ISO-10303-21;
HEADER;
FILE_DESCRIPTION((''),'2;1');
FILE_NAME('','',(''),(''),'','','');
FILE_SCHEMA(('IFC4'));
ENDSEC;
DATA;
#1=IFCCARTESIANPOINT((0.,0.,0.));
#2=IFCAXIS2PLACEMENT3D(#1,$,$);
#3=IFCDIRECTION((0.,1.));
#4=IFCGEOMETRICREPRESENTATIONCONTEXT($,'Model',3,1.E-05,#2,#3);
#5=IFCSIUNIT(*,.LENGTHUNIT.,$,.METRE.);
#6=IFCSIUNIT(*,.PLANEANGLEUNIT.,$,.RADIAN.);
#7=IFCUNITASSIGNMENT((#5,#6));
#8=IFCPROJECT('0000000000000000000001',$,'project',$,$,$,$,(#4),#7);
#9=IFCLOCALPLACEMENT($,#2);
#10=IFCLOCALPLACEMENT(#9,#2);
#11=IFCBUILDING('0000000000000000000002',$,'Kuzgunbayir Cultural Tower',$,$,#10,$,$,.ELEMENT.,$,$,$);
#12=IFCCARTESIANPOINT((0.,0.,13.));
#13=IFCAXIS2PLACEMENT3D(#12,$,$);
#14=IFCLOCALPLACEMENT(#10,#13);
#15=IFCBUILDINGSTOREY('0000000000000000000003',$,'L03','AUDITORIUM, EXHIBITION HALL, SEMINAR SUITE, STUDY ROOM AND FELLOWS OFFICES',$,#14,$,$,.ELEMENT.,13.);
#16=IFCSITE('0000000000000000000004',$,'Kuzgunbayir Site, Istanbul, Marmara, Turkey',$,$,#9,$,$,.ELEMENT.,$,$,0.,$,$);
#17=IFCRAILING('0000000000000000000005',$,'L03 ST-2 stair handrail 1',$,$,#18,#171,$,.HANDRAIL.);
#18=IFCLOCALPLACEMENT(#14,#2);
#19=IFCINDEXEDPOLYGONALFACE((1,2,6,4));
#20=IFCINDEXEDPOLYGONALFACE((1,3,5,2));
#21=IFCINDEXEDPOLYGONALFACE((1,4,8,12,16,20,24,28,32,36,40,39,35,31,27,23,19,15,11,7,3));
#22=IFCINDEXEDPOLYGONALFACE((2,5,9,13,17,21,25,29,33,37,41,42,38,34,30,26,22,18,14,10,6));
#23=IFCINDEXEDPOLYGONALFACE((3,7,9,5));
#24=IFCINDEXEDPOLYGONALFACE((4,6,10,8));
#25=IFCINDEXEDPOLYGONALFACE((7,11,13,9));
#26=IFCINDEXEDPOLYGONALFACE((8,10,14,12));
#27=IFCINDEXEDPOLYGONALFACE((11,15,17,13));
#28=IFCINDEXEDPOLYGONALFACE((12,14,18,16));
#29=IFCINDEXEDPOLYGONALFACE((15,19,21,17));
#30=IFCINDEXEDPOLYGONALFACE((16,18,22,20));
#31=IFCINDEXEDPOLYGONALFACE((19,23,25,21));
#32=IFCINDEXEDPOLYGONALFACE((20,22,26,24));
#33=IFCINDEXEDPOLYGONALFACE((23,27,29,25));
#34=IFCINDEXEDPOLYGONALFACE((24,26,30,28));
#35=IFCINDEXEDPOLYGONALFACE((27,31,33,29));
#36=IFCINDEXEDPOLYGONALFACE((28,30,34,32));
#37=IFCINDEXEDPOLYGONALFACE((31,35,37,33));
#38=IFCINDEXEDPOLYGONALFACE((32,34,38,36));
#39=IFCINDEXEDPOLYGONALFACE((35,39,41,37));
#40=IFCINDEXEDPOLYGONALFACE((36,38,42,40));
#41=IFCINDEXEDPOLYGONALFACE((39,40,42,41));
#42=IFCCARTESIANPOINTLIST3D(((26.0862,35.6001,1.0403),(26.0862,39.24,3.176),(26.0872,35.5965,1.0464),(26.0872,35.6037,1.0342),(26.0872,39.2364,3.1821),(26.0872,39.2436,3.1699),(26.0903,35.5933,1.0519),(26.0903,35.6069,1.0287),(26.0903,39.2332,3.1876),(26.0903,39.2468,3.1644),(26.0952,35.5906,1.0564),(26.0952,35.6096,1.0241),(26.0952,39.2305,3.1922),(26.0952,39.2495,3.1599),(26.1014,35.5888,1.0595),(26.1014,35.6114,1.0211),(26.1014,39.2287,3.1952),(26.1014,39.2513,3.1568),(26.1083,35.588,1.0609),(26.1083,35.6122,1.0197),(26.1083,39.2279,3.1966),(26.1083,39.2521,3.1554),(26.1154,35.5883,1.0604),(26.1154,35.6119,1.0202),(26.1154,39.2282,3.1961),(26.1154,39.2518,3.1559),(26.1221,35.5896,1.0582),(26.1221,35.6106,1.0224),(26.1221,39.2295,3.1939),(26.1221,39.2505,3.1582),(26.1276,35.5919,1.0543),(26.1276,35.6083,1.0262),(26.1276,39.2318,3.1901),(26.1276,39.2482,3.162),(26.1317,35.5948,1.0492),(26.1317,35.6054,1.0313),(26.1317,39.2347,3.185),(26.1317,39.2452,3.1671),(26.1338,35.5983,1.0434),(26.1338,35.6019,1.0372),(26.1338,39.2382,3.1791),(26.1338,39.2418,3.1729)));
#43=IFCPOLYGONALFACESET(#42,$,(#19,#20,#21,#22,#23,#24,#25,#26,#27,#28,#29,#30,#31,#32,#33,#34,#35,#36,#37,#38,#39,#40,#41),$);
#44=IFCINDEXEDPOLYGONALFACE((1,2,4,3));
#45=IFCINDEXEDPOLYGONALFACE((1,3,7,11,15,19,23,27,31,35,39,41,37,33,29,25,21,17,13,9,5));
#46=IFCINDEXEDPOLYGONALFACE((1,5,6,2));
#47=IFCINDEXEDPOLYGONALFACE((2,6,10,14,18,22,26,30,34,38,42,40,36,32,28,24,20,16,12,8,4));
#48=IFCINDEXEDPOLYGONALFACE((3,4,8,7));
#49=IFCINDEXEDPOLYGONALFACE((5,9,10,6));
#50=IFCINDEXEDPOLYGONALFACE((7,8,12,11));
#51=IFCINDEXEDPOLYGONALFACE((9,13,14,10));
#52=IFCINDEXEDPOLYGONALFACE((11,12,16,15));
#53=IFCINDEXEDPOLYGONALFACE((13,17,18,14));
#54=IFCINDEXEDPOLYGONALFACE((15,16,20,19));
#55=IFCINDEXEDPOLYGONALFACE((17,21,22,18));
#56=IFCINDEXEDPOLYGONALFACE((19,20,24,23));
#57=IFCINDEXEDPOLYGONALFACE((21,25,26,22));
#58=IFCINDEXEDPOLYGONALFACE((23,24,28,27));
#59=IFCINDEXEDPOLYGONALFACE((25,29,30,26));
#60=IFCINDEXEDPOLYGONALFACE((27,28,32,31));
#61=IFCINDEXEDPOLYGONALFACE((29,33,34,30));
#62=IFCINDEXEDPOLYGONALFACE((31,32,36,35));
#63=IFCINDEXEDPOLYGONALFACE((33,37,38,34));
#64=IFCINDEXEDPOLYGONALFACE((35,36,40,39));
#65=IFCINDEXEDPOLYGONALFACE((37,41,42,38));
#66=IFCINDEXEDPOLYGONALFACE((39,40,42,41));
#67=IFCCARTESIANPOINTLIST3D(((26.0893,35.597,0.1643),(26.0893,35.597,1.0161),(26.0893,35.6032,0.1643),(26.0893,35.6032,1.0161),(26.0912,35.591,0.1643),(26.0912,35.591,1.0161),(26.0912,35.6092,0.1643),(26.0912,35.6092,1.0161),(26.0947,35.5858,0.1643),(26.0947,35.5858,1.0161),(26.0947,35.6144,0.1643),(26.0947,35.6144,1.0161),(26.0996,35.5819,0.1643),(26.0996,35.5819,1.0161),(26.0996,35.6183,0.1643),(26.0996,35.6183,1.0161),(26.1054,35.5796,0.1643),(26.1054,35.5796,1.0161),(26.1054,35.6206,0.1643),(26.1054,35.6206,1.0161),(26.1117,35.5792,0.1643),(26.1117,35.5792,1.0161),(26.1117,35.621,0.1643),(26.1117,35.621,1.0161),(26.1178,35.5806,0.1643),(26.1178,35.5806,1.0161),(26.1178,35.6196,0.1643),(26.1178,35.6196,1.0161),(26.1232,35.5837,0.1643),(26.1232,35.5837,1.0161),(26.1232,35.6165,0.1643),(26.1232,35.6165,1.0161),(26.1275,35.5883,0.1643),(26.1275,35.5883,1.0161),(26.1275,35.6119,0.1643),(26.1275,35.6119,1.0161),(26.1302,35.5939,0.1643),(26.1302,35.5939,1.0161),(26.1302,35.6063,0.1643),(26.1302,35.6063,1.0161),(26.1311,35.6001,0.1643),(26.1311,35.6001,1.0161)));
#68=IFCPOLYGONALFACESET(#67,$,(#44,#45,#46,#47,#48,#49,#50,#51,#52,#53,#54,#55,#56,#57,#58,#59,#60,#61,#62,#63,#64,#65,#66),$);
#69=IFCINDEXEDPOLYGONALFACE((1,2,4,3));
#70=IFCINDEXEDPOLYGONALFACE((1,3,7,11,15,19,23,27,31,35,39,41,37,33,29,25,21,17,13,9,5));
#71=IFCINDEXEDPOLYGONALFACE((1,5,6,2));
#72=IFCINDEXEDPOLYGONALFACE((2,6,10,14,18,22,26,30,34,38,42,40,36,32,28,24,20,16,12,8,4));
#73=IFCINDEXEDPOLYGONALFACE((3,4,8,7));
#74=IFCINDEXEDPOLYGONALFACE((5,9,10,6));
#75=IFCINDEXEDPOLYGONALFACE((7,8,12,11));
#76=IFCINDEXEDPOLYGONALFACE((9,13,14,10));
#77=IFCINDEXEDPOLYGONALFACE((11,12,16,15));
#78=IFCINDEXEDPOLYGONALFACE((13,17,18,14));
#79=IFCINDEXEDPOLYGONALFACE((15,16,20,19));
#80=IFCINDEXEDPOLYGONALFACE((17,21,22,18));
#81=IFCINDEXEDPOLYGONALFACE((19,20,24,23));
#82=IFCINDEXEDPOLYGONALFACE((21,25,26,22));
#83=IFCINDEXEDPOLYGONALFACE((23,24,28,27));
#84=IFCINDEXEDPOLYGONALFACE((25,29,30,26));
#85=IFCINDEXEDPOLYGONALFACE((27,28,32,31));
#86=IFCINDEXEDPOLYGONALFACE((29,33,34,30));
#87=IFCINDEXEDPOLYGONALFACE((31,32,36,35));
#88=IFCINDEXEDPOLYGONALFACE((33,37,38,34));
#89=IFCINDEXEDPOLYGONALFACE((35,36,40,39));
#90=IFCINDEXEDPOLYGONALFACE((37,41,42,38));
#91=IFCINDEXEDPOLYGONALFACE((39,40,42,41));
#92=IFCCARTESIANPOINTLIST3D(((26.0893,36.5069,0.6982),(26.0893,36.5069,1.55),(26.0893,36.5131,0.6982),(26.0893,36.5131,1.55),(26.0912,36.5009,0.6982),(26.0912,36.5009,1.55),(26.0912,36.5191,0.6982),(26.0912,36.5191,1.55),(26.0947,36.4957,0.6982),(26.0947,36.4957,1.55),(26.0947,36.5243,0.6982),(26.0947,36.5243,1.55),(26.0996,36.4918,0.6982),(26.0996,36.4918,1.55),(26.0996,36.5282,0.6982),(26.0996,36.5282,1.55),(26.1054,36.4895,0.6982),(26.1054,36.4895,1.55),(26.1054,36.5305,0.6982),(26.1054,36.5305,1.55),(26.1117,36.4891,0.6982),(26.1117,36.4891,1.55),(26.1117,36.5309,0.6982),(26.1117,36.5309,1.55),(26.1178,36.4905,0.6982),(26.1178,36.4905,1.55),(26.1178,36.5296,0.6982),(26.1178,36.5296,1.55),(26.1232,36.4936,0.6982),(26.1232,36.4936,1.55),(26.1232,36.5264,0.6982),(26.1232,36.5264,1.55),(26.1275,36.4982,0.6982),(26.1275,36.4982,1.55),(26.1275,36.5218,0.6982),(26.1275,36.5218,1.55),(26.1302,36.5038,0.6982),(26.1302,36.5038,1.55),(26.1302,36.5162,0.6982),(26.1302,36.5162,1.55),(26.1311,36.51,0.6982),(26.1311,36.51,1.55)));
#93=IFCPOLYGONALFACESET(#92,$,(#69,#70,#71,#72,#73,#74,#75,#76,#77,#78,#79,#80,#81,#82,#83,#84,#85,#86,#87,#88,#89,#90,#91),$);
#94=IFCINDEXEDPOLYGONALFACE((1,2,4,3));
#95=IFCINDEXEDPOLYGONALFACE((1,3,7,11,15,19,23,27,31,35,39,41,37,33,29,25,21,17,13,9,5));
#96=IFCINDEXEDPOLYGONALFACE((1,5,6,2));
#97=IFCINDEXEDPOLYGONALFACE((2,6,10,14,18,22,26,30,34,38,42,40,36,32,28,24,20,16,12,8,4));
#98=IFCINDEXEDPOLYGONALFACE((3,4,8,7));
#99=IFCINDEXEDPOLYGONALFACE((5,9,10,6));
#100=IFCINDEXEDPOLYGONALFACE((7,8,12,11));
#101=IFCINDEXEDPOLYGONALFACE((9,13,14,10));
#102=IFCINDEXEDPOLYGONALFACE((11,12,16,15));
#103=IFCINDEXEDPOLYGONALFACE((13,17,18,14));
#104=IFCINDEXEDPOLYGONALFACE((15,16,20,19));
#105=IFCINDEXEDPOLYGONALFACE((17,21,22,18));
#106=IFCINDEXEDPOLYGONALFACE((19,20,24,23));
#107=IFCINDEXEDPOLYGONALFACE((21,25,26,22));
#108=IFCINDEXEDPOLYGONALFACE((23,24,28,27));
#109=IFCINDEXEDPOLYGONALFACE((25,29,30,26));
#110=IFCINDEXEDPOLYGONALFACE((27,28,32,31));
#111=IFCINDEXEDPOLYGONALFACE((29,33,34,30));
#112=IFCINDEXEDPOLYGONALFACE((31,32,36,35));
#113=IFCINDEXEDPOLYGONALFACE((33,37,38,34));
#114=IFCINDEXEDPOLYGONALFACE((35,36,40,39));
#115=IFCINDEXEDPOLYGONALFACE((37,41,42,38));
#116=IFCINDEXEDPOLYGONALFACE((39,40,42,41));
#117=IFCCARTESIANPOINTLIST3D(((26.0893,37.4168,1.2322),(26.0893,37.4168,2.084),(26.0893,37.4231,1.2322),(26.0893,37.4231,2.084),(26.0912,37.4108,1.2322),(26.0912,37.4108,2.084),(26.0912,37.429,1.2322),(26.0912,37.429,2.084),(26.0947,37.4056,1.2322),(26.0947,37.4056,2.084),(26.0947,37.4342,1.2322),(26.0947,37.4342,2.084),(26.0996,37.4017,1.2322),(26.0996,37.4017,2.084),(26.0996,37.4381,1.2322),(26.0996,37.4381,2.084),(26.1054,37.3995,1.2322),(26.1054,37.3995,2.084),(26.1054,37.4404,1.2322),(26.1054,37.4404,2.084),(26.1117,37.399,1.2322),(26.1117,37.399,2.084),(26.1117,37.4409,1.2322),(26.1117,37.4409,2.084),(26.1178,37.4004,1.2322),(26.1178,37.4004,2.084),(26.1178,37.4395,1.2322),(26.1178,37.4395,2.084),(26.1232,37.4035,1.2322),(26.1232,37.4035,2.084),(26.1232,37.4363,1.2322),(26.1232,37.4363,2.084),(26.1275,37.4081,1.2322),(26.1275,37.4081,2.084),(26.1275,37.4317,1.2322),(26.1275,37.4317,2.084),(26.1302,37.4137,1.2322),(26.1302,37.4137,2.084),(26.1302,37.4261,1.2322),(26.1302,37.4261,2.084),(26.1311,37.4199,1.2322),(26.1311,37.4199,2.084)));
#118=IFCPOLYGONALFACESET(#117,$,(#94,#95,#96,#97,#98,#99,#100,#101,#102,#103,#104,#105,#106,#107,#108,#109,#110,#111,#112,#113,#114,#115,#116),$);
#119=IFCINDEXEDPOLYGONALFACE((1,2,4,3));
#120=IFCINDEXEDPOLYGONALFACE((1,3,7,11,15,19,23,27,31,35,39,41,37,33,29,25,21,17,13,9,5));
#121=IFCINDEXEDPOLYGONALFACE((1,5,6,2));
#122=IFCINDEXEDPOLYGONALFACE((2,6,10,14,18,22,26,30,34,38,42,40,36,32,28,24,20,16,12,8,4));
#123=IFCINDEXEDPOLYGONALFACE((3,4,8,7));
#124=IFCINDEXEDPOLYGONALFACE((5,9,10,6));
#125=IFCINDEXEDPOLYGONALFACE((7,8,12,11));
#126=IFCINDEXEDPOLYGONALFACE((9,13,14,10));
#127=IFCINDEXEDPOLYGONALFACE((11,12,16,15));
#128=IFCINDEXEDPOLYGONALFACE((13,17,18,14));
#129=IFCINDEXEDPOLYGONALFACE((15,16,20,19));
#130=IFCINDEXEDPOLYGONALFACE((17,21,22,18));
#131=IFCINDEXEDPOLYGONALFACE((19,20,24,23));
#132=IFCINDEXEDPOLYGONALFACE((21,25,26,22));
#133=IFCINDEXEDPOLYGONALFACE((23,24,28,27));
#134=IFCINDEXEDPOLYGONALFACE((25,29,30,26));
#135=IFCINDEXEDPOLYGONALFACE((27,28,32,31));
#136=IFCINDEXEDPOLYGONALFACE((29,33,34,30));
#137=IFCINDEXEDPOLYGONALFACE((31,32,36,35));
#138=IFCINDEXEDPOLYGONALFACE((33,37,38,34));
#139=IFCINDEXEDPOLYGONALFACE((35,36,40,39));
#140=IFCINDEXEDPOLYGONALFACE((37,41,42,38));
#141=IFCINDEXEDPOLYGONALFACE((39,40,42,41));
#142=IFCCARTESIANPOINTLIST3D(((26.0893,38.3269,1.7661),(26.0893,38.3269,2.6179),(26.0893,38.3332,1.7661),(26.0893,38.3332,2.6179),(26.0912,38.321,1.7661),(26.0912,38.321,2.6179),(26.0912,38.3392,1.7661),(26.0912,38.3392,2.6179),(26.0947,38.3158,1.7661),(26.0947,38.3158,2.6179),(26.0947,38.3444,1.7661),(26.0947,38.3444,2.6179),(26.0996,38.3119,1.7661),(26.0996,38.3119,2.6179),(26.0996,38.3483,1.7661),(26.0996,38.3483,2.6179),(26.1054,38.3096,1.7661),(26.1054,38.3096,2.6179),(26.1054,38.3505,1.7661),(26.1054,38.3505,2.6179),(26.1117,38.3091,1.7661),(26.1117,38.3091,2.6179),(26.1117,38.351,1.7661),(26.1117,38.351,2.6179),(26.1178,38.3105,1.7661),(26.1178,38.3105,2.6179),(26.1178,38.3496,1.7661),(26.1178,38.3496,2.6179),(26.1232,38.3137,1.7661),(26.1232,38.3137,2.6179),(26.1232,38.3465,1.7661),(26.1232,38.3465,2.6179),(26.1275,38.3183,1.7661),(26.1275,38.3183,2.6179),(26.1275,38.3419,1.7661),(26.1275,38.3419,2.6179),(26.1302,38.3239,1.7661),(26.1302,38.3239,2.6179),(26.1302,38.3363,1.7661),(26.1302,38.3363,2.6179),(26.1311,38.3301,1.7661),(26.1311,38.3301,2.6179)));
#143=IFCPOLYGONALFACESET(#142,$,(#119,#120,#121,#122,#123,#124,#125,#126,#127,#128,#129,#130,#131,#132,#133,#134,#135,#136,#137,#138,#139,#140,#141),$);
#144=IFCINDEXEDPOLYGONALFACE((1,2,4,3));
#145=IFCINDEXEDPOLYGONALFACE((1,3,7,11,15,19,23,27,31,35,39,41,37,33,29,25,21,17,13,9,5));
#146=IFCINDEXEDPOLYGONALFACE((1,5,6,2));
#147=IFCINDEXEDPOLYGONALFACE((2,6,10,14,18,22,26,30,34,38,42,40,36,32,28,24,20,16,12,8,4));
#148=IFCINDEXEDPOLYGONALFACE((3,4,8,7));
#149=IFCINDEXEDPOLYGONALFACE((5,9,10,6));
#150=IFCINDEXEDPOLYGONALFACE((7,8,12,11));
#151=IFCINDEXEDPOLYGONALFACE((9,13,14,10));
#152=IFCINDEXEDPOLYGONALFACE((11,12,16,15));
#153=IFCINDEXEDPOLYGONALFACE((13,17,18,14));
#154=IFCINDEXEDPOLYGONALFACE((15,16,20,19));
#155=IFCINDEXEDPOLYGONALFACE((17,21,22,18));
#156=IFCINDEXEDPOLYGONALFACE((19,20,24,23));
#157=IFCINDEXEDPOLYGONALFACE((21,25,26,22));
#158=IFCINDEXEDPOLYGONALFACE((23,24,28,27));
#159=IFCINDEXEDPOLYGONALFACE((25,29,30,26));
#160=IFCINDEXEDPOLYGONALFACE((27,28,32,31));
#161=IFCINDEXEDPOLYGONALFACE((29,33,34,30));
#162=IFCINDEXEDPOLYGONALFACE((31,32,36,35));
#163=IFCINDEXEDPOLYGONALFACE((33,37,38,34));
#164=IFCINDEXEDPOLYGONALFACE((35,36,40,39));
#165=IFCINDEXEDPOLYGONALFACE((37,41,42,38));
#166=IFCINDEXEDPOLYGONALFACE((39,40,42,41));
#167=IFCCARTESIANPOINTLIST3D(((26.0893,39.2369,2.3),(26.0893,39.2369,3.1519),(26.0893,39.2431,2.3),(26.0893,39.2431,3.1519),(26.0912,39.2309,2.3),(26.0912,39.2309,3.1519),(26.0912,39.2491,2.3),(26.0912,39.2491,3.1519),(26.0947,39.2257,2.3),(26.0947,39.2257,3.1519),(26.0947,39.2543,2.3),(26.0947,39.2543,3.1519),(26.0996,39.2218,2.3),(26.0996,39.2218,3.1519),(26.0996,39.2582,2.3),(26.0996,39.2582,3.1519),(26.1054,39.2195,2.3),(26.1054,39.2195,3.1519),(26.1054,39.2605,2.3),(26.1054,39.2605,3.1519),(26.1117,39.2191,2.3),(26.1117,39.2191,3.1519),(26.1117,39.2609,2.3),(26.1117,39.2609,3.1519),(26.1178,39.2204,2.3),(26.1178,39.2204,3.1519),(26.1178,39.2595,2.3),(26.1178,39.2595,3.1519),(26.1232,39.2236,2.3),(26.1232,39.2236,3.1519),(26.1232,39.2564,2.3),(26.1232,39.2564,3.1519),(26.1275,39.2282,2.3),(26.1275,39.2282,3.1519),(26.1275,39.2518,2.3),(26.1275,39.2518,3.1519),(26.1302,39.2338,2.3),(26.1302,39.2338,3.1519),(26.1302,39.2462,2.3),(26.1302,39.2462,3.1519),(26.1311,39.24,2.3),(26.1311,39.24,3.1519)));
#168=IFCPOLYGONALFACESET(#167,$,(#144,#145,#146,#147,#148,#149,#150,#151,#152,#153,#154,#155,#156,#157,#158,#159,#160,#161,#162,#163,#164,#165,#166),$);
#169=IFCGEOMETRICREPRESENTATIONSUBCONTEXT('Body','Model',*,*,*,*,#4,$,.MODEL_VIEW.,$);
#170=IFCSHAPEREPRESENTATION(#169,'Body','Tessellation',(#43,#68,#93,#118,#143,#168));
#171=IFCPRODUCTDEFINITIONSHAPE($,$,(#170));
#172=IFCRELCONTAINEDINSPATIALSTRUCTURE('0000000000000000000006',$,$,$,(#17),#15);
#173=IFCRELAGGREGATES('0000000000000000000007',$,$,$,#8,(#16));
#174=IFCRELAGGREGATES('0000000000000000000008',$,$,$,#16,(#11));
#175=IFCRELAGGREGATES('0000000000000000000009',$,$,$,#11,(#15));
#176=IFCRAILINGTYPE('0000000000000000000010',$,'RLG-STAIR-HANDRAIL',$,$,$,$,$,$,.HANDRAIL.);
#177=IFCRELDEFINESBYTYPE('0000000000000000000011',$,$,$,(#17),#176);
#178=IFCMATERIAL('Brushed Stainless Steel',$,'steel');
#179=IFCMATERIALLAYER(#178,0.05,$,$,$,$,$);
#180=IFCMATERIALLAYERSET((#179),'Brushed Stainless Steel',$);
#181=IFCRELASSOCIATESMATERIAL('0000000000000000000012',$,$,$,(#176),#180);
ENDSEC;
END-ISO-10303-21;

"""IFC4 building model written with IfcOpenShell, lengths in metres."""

from ifc_helpers import new_model, si_unit, direction, frame, origin, origin_2d, place, context, subcontext, project, spatial, circle, extrude, material, layer, layer_set, type_object, element, save


model = new_model("IFC4")

# Units and contexts
model_context = context("Model", 3, precision=1e-05, world=origin(), true_north=direction((0.0, 1.0)))
body_context = subcontext(model_context, "Body", "Model", "MODEL_VIEW")
ifc_project = project(units=[si_unit("LENGTHUNIT", "METRE"), si_unit("PLANEANGLEUNIT", "RADIAN")], contexts=[model_context])

# Site, building, storey
site_placement = place(None, origin())
site = spatial("IfcSite", under=ifc_project, at=site_placement, Name="Kuzgunbayir Site, Istanbul, Marmara, Turkey", CompositionType="ELEMENT", RefElevation=0.0)
building_placement = place(site_placement, origin())
building = spatial("IfcBuilding", under=site, at=building_placement, Name="Kuzgunbayir Cultural Tower", CompositionType="ELEMENT")
storey_placement = place(building_placement, frame((0.0, 0.0, 13.0)))
storey = spatial("IfcBuildingStorey", under=building, at=storey_placement, Name="L03", Description="AUDITORIUM, EXHIBITION HALL, SEMINAR SUITE, STUDY ROOM AND FELLOWS OFFICES", CompositionType="ELEMENT", Elevation=13.0)

# Shared definitions
ifc_material_1 = material(Name="Brushed Stainless Steel", Category="steel")

# Railing
ifc_layer_1 = layer(ifc_material_1, 0.05)
ifc_layer_set_1 = layer_set([ifc_layer_1], Name="Brushed Stainless Steel")
railing_type_1 = type_object("IfcRailingType", Name="RLG-STAIR-HANDRAIL", PredefinedType="HANDRAIL", material=ifc_layer_set_1)
railing_1_placement = place(storey_placement, frame((26.1101, 35.6001, 0.1643)))
element("IfcRailing", 1, at=railing_1_placement, inside=storey, type_object=railing_type_1, Name="L03 ST-2 stair handrail 1", PredefinedType="HANDRAIL", context=body_context, shape_type="SweptSolid", body=[
    extrude(circle(Radius=0.0239, at=origin_2d()), frame((0.0, 0.0, 0.876), z_axis=(0.0, 0.86249, 0.506074), x_axis=(-1.0, 0.0, 0.0)), (0.0, 0.0, 1.0), 4.2202),
    extrude(circle(Radius=0.021, at=origin_2d()), origin(), (0.0, 0.0, 1.0), 0.8518),
    extrude(circle(Radius=0.021, at=origin_2d()), frame((0.0, 0.9099, 0.5339)), (0.0, 0.0, 1.0), 0.8518),
    extrude(circle(Radius=0.021, at=origin_2d()), frame((0.0, 1.8198, 1.0679)), (0.0, 0.0, 1.0), 0.8518),
    extrude(circle(Radius=0.021, at=origin_2d()), frame((0.0, 2.73, 1.6018)), (0.0, 0.0, 1.0), 0.8518),
    extrude(circle(Radius=0.021, at=origin_2d()), frame((0.0, 3.6399, 2.1357)), (0.0, 0.0, 1.0), 0.8518),
])

save(model, "model.ifc")
